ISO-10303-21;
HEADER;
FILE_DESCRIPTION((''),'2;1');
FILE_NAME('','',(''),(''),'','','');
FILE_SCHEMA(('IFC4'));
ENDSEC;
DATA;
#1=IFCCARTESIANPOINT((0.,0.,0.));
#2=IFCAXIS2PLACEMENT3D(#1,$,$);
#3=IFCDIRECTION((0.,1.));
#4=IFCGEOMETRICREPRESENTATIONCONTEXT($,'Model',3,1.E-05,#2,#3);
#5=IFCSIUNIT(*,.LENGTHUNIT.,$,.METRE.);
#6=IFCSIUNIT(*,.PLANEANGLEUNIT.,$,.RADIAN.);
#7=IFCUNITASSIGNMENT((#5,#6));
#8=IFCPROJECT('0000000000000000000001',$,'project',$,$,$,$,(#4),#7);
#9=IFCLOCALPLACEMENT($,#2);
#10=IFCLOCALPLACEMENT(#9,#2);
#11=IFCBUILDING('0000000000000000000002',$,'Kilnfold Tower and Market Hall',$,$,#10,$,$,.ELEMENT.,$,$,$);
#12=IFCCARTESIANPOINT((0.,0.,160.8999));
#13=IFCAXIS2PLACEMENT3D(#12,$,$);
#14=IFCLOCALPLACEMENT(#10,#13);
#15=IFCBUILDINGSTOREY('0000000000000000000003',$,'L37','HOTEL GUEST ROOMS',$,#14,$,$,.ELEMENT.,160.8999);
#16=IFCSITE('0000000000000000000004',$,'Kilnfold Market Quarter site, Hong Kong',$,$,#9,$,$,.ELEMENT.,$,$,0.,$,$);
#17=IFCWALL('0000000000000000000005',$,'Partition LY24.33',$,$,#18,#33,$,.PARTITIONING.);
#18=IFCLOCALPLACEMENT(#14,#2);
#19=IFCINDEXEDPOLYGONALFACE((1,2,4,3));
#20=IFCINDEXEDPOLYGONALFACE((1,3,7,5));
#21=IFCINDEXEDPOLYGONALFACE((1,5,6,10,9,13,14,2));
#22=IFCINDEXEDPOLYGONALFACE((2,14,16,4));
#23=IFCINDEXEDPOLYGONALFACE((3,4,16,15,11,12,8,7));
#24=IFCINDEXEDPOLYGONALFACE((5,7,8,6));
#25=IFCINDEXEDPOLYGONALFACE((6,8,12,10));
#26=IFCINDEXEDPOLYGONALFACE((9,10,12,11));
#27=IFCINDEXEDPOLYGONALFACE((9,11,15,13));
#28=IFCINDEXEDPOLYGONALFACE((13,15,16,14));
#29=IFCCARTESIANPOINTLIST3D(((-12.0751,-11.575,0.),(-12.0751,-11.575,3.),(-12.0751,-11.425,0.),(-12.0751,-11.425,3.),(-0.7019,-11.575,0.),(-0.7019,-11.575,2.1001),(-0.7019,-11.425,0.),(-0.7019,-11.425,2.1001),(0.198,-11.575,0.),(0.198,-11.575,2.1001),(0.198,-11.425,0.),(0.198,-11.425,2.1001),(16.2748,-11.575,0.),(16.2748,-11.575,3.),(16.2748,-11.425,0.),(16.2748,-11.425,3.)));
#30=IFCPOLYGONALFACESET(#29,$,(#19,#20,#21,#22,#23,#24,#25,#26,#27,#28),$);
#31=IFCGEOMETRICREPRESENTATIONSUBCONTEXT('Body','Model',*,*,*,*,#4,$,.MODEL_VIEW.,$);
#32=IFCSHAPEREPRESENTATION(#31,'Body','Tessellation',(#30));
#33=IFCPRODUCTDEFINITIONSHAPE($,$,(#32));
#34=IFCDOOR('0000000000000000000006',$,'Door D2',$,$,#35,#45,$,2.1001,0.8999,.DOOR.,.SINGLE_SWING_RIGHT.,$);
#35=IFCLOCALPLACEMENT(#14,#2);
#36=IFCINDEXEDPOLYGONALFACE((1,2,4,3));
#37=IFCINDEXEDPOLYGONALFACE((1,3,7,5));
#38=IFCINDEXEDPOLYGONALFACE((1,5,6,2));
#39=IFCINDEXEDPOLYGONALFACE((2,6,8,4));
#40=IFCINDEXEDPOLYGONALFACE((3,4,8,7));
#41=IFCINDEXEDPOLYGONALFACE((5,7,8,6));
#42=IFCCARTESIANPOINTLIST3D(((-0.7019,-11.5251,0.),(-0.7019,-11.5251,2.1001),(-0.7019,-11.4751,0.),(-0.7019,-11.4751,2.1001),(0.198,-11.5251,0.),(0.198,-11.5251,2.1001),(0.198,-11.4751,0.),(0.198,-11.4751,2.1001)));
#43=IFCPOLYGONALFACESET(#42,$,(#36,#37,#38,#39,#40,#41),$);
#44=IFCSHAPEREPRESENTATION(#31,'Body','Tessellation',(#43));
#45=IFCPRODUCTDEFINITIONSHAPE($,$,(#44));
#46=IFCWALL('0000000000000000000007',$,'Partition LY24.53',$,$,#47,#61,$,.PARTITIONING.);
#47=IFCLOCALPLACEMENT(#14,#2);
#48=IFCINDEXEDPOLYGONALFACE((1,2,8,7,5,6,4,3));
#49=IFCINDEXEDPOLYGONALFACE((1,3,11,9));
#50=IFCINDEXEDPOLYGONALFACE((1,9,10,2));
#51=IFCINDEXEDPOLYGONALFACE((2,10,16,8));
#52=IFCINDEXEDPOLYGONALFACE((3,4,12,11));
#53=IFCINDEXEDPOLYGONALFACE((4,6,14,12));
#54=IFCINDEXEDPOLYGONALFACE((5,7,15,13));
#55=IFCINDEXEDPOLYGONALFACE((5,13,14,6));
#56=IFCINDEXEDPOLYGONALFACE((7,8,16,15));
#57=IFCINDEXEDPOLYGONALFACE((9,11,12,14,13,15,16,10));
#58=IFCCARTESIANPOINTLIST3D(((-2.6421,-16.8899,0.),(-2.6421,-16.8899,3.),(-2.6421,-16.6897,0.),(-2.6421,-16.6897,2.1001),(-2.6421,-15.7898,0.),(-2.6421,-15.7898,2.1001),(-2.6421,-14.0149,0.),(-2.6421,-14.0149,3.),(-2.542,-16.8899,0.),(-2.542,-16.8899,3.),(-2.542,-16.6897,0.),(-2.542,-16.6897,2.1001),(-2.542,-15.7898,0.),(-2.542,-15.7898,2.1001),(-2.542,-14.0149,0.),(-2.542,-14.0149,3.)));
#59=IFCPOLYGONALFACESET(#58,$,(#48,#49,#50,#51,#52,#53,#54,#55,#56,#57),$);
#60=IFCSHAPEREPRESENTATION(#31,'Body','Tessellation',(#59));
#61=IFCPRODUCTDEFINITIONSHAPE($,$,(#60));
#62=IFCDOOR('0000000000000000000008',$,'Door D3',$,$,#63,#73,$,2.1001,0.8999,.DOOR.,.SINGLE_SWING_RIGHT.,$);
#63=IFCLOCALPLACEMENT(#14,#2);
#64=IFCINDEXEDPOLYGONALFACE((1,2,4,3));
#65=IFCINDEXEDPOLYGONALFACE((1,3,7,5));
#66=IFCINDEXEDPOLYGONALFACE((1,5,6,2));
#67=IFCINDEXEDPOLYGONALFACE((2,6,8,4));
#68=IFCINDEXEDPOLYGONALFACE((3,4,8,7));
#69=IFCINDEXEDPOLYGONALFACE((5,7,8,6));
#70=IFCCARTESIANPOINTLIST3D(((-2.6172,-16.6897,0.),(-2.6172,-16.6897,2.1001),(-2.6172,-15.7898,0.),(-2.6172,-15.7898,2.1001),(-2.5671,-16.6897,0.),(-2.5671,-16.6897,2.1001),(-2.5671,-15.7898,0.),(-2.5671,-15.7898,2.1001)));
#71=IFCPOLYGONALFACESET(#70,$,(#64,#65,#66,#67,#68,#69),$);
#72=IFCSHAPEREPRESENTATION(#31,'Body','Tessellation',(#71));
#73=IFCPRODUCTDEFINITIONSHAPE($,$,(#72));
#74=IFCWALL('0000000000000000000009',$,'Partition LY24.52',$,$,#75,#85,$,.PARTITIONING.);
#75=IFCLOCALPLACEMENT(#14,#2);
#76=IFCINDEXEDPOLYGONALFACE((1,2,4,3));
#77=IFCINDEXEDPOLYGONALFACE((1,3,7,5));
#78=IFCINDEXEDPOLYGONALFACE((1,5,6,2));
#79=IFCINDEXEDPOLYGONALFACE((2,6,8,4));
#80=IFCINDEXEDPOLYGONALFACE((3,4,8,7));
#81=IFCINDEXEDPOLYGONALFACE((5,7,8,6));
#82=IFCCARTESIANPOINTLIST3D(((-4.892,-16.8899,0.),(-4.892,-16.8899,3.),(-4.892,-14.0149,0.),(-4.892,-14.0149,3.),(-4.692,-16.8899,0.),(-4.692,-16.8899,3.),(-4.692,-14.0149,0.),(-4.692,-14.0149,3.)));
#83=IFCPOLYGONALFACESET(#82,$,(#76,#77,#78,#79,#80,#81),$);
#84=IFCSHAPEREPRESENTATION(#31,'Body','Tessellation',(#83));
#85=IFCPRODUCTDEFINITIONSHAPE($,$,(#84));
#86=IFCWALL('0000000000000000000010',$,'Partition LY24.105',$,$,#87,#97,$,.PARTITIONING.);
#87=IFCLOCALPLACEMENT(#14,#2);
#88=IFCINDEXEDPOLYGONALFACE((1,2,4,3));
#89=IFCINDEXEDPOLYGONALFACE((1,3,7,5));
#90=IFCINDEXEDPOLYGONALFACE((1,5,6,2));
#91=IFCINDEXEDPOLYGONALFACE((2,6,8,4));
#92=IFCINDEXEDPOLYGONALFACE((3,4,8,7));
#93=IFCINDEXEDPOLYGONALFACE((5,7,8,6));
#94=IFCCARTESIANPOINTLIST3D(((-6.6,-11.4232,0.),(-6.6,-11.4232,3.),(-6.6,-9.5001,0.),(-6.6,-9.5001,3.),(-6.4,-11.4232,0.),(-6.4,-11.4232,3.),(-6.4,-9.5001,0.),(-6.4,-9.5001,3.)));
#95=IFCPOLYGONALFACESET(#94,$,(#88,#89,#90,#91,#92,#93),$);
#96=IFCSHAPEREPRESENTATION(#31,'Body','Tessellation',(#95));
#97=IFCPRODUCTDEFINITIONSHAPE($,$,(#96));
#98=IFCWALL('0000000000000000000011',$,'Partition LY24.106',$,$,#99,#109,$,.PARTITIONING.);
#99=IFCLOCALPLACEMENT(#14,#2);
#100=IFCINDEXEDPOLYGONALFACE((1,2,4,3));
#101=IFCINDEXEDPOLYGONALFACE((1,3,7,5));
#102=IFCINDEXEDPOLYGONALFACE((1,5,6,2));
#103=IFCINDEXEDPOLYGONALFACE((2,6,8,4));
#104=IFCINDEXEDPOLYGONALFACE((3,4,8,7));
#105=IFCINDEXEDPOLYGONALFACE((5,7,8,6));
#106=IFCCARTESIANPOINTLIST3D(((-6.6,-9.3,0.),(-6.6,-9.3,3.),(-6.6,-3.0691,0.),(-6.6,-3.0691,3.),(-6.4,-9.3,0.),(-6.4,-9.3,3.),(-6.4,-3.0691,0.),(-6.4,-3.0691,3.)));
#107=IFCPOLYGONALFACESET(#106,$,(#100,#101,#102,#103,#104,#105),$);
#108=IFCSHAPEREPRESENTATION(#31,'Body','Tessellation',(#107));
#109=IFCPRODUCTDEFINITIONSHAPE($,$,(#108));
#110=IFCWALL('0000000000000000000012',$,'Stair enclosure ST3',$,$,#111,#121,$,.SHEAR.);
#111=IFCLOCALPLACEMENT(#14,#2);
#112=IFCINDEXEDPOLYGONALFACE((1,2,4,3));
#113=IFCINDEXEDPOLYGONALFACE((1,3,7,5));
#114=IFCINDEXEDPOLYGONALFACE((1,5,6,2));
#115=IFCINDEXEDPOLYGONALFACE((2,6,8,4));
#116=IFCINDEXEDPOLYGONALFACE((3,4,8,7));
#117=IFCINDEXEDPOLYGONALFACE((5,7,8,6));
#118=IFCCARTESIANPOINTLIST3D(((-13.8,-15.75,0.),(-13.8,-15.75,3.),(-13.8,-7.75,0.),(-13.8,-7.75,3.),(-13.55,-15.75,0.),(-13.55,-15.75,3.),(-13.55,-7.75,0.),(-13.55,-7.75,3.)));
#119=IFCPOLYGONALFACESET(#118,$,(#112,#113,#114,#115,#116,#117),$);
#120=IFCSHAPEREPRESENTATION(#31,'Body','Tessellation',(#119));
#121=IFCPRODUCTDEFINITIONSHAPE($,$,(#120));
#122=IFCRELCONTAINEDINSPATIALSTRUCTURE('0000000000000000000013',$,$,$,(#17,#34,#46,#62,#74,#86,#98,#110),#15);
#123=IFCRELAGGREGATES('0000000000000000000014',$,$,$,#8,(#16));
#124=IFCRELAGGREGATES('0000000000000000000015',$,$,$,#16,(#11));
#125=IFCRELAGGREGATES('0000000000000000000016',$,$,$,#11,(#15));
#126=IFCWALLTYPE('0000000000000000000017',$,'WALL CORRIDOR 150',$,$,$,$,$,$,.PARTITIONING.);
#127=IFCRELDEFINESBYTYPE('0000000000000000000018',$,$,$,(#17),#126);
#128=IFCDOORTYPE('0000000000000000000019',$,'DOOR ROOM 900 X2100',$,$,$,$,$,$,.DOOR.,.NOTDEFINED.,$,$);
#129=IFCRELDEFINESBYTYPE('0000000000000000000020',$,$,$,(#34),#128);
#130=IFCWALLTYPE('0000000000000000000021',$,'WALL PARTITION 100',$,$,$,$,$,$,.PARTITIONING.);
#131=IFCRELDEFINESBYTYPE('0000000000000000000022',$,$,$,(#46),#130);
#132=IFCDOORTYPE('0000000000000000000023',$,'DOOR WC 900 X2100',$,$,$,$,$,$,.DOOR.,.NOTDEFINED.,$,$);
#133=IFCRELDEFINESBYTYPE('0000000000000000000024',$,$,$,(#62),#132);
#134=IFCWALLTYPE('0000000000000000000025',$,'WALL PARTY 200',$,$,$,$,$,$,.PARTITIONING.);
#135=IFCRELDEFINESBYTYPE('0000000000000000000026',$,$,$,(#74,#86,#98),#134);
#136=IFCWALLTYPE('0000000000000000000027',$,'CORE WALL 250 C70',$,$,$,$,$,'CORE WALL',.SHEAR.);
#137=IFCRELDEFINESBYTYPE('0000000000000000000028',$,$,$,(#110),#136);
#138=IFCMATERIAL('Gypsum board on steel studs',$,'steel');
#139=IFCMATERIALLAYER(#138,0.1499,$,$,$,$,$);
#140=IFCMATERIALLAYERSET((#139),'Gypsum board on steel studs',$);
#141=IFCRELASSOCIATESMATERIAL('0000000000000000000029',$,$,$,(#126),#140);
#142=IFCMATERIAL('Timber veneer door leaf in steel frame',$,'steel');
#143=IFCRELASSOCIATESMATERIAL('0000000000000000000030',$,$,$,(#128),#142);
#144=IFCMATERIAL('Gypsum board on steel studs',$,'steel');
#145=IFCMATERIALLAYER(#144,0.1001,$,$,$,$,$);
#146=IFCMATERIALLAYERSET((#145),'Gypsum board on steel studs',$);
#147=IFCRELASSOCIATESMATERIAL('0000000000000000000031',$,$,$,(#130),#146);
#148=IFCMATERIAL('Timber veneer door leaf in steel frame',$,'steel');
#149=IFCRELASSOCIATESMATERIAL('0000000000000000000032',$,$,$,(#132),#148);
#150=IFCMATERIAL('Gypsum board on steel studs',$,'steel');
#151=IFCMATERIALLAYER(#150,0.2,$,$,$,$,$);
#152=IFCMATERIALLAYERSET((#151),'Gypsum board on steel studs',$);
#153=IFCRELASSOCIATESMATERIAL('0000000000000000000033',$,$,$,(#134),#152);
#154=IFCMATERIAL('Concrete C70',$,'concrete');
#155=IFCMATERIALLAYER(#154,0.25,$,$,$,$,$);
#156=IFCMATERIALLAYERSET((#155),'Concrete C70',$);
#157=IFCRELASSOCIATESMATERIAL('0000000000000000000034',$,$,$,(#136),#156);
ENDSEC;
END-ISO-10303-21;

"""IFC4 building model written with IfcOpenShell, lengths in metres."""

from ifc_helpers import new_model, si_unit, direction, frame, frame_2d, origin, place, context, subcontext, project, spatial, rectangle, extrude, source, transform, mapped, material, layer, layer_set, type_object, element, fill, save


model = new_model("IFC4")

# Units and contexts
model_context = context("Model", 3, precision=1e-05, world=origin(), true_north=direction((0.0, 1.0)))
body_context = subcontext(model_context, "Body", "Model", "MODEL_VIEW")
ifc_project = project(units=[si_unit("LENGTHUNIT", "METRE"), si_unit("PLANEANGLEUNIT", "RADIAN")], contexts=[model_context])

# Site, building, storey
site_placement = place(None, origin())
site = spatial("IfcSite", under=ifc_project, at=site_placement, Name="Kilnfold Market Quarter site, Hong Kong", CompositionType="ELEMENT", RefElevation=0.0)
building_placement = place(site_placement, origin())
building = spatial("IfcBuilding", under=site, at=building_placement, Name="Kilnfold Tower and Market Hall", CompositionType="ELEMENT")
storey_placement = place(building_placement, frame((0.0, 0.0, 160.8999)))
storey = spatial("IfcBuildingStorey", under=building, at=storey_placement, Name="L37", Description="HOTEL GUEST ROOMS", CompositionType="ELEMENT", Elevation=160.8999)

# Shared definitions
ifc_material_1 = material(Name="Gypsum board on steel studs", Category="steel")
ifc_layer_1 = layer(ifc_material_1, 0.1499)
ifc_layer_set_1 = layer_set([ifc_layer_1], Name="Gypsum board on steel studs")
wall_type_1 = type_object("IfcWallType", Name="WALL CORRIDOR 150", PredefinedType="PARTITIONING", material=ifc_layer_set_1)

# Walls, openings, doors
ifc_material_2 = material(Name="Timber veneer door leaf in steel frame", Category="steel")
door_type_1 = type_object("IfcDoorType", Name="DOOR ROOM 900 X2100", OperationType="NOTDEFINED", PredefinedType="DOOR", material=ifc_material_2)
wall_1_placement = place(storey_placement, frame((-12.075, -11.5, 0.0), z_axis=(0.0, 0.0, 1.0), x_axis=(1.0, 0.0, 0.0)))
wall_1 = element("IfcWall", 1, at=wall_1_placement, inside=storey, type_object=wall_type_1, Name="Partition LY24.33", PredefinedType="PARTITIONING", context=body_context, shape_type="SweptSolid", body=[
    extrude(rectangle(XDim=28.3499, YDim=0.1499, at=frame_2d((14.1748, 0.0))), origin(), (0.0, 0.0, 1.0), 3.0),
])
opening_1_placement = place(wall_1_placement, frame((11.373, 0.0, 0.0)))
opening_1 = element("IfcOpeningElement", 2, at=opening_1_placement, cuts=wall_1, PredefinedType="OPENING", context=body_context, shape_type="SweptSolid", body=[
    extrude(rectangle(XDim=0.8999, YDim=2.1001, at=frame_2d((0.45, 1.05))), frame((0.0, 0.085, 0.0), z_axis=(0.0, -1.0, 0.0), x_axis=(1.0, 0.0, 0.0)), (0.0, 0.0, 1.0), 0.1699),
])
door_1_placement = place(opening_1_placement, origin())
door_1 = element("IfcDoor", 3, at=door_1_placement, inside=storey, type_object=door_type_1, Name="Door D2", OperationType="SINGLE_SWING_RIGHT", OverallHeight=2.1001, OverallWidth=0.8999, PredefinedType="DOOR", context=body_context, shape_type="SweptSolid", body=[
    extrude(rectangle(XDim=0.8999, YDim=2.1001, at=frame_2d((0.45, 1.05))), frame((0.0, 0.0249, 0.0), z_axis=(0.0, -1.0, 0.0), x_axis=(1.0, 0.0, 0.0)), (0.0, 0.0, 1.0), 0.05),
])
fill(opening_1, door_1)
ifc_material_3 = material(Name="Gypsum board on steel studs", Category="steel")
ifc_layer_2 = layer(ifc_material_3, 0.1001)
ifc_layer_set_2 = layer_set([ifc_layer_2], Name="Gypsum board on steel studs")
wall_type_2 = type_object("IfcWallType", Name="WALL PARTITION 100", PredefinedType="PARTITIONING", material=ifc_layer_set_2)
wall_2_placement = place(storey_placement, frame((-2.592, -14.0149, 0.0), z_axis=(0.0, 0.0, 1.0), x_axis=(0.0, -1.0, 0.0)))
wall_2 = element("IfcWall", 4, at=wall_2_placement, inside=storey, type_object=wall_type_2, Name="Partition LY24.53", PredefinedType="PARTITIONING", context=body_context, shape_type="SweptSolid", body=[
    extrude(rectangle(XDim=2.875, YDim=0.1001, at=frame_2d((1.4375, 0.0))), origin(), (0.0, 0.0, 1.0), 3.0),
])
opening_2_placement = place(wall_2_placement, frame((1.7749, 0.0, 0.0)))
opening_2 = element("IfcOpeningElement", 5, at=opening_2_placement, cuts=wall_2, PredefinedType="OPENING", context=body_context, shape_type="SweptSolid", body=[
    extrude(rectangle(XDim=0.8999, YDim=2.1001, at=frame_2d((0.45, 1.05))), frame((0.0, 0.0601, 0.0), z_axis=(0.0, -1.0, 0.0), x_axis=(1.0, 0.0, 0.0)), (0.0, 0.0, 1.0), 0.1201),
])
ifc_material_4 = material(Name="Timber veneer door leaf in steel frame", Category="steel")
door_type_2 = type_object("IfcDoorType", Name="DOOR WC 900 X2100", OperationType="NOTDEFINED", PredefinedType="DOOR", material=ifc_material_4)
door_2_placement = place(opening_2_placement, origin())
door_2 = element("IfcDoor", 6, at=door_2_placement, inside=storey, type_object=door_type_2, Name="Door D3", OperationType="SINGLE_SWING_RIGHT", OverallHeight=2.1001, OverallWidth=0.8999, PredefinedType="DOOR", context=body_context, shape_type="SweptSolid", body=[
    extrude(rectangle(XDim=0.8999, YDim=2.1001, at=frame_2d((0.45, 1.05))), frame((0.0, 0.0249, 0.0), z_axis=(0.0, -1.0, 0.0), x_axis=(1.0, 0.0, 0.0)), (0.0, 0.0, 1.0), 0.05),
])
fill(opening_2, door_2)

# Walls
ifc_material_5 = material(Name="Gypsum board on steel studs", Category="steel")
ifc_layer_3 = layer(ifc_material_5, 0.2)
ifc_layer_set_3 = layer_set([ifc_layer_3], Name="Gypsum board on steel studs")
wall_type_3 = type_object("IfcWallType", Name="WALL PARTY 200", PredefinedType="PARTITIONING", material=ifc_layer_set_3)
wall_3_placement = place(storey_placement, frame((-4.792, -16.8899, 0.0), z_axis=(0.0, 0.0, 1.0), x_axis=(0.0, 1.0, 0.0)))
element("IfcWall", 7, at=wall_3_placement, inside=storey, type_object=wall_type_3, Name="Partition LY24.52", PredefinedType="PARTITIONING", context=body_context, shape_type="SweptSolid", body=[
    extrude(rectangle(XDim=2.875, YDim=0.2, at=frame_2d((1.4375, 0.0))), origin(), (0.0, 0.0, 1.0), 3.0),
])
wall_4_placement = place(storey_placement, frame((-6.5, -11.4231, 0.0), z_axis=(0.0, 0.0, 1.0), x_axis=(0.0, 1.0, 0.0)))
element("IfcWall", 8, at=wall_4_placement, inside=storey, type_object=wall_type_3, Name="Partition LY24.105", PredefinedType="PARTITIONING", context=body_context, shape_type="SweptSolid", body=[
    extrude(rectangle(XDim=1.9231, YDim=0.2, at=frame_2d((0.9614, 0.0))), origin(), (0.0, 0.0, 1.0), 3.0),
])
wall_5_placement = place(storey_placement, frame((-6.5, -9.3, 0.0), z_axis=(0.0, 0.0, 1.0), x_axis=(0.0, 1.0, 0.0)))
element("IfcWall", 9, at=wall_5_placement, inside=storey, type_object=wall_type_3, Name="Partition LY24.106", PredefinedType="PARTITIONING", context=body_context, shape_type="SweptSolid", body=[
    extrude(rectangle(XDim=6.231, YDim=0.2, at=frame_2d((3.1155, 0.0))), origin(), (0.0, 0.0, 1.0), 3.0),
])
ifc_material_6 = material(Name="Concrete C70", Category="concrete")
ifc_layer_4 = layer(ifc_material_6, 0.25)
ifc_layer_set_4 = layer_set([ifc_layer_4], Name="Concrete C70")
wall_type_4 = type_object("IfcWallType", Name="CORE WALL 250 C70", ElementType="CORE WALL", PredefinedType="SHEAR", material=ifc_layer_set_4)
shared_shape_1 = source(origin(), body_context, "Body", "SweptSolid", [
    extrude(rectangle(XDim=8.0, YDim=0.25, at=frame_2d((4.0, 0.0))), origin(), (0.0, 0.0, 1.0), 3.0),
])
wall_6_placement = place(storey_placement, frame((-13.675, -15.75, 0.0), z_axis=(0.0, 0.0, 1.0), x_axis=(0.0, 1.0, 0.0)))
element("IfcWall", 10, at=wall_6_placement, inside=storey, type_object=wall_type_4, Name="Stair enclosure ST3", PredefinedType="SHEAR", context=body_context, shape_type="MappedRepresentation", body=[
    mapped(shared_shape_1, transform((0.0, 0.0, 0.0))),
])

save(model, "model.ifc")
